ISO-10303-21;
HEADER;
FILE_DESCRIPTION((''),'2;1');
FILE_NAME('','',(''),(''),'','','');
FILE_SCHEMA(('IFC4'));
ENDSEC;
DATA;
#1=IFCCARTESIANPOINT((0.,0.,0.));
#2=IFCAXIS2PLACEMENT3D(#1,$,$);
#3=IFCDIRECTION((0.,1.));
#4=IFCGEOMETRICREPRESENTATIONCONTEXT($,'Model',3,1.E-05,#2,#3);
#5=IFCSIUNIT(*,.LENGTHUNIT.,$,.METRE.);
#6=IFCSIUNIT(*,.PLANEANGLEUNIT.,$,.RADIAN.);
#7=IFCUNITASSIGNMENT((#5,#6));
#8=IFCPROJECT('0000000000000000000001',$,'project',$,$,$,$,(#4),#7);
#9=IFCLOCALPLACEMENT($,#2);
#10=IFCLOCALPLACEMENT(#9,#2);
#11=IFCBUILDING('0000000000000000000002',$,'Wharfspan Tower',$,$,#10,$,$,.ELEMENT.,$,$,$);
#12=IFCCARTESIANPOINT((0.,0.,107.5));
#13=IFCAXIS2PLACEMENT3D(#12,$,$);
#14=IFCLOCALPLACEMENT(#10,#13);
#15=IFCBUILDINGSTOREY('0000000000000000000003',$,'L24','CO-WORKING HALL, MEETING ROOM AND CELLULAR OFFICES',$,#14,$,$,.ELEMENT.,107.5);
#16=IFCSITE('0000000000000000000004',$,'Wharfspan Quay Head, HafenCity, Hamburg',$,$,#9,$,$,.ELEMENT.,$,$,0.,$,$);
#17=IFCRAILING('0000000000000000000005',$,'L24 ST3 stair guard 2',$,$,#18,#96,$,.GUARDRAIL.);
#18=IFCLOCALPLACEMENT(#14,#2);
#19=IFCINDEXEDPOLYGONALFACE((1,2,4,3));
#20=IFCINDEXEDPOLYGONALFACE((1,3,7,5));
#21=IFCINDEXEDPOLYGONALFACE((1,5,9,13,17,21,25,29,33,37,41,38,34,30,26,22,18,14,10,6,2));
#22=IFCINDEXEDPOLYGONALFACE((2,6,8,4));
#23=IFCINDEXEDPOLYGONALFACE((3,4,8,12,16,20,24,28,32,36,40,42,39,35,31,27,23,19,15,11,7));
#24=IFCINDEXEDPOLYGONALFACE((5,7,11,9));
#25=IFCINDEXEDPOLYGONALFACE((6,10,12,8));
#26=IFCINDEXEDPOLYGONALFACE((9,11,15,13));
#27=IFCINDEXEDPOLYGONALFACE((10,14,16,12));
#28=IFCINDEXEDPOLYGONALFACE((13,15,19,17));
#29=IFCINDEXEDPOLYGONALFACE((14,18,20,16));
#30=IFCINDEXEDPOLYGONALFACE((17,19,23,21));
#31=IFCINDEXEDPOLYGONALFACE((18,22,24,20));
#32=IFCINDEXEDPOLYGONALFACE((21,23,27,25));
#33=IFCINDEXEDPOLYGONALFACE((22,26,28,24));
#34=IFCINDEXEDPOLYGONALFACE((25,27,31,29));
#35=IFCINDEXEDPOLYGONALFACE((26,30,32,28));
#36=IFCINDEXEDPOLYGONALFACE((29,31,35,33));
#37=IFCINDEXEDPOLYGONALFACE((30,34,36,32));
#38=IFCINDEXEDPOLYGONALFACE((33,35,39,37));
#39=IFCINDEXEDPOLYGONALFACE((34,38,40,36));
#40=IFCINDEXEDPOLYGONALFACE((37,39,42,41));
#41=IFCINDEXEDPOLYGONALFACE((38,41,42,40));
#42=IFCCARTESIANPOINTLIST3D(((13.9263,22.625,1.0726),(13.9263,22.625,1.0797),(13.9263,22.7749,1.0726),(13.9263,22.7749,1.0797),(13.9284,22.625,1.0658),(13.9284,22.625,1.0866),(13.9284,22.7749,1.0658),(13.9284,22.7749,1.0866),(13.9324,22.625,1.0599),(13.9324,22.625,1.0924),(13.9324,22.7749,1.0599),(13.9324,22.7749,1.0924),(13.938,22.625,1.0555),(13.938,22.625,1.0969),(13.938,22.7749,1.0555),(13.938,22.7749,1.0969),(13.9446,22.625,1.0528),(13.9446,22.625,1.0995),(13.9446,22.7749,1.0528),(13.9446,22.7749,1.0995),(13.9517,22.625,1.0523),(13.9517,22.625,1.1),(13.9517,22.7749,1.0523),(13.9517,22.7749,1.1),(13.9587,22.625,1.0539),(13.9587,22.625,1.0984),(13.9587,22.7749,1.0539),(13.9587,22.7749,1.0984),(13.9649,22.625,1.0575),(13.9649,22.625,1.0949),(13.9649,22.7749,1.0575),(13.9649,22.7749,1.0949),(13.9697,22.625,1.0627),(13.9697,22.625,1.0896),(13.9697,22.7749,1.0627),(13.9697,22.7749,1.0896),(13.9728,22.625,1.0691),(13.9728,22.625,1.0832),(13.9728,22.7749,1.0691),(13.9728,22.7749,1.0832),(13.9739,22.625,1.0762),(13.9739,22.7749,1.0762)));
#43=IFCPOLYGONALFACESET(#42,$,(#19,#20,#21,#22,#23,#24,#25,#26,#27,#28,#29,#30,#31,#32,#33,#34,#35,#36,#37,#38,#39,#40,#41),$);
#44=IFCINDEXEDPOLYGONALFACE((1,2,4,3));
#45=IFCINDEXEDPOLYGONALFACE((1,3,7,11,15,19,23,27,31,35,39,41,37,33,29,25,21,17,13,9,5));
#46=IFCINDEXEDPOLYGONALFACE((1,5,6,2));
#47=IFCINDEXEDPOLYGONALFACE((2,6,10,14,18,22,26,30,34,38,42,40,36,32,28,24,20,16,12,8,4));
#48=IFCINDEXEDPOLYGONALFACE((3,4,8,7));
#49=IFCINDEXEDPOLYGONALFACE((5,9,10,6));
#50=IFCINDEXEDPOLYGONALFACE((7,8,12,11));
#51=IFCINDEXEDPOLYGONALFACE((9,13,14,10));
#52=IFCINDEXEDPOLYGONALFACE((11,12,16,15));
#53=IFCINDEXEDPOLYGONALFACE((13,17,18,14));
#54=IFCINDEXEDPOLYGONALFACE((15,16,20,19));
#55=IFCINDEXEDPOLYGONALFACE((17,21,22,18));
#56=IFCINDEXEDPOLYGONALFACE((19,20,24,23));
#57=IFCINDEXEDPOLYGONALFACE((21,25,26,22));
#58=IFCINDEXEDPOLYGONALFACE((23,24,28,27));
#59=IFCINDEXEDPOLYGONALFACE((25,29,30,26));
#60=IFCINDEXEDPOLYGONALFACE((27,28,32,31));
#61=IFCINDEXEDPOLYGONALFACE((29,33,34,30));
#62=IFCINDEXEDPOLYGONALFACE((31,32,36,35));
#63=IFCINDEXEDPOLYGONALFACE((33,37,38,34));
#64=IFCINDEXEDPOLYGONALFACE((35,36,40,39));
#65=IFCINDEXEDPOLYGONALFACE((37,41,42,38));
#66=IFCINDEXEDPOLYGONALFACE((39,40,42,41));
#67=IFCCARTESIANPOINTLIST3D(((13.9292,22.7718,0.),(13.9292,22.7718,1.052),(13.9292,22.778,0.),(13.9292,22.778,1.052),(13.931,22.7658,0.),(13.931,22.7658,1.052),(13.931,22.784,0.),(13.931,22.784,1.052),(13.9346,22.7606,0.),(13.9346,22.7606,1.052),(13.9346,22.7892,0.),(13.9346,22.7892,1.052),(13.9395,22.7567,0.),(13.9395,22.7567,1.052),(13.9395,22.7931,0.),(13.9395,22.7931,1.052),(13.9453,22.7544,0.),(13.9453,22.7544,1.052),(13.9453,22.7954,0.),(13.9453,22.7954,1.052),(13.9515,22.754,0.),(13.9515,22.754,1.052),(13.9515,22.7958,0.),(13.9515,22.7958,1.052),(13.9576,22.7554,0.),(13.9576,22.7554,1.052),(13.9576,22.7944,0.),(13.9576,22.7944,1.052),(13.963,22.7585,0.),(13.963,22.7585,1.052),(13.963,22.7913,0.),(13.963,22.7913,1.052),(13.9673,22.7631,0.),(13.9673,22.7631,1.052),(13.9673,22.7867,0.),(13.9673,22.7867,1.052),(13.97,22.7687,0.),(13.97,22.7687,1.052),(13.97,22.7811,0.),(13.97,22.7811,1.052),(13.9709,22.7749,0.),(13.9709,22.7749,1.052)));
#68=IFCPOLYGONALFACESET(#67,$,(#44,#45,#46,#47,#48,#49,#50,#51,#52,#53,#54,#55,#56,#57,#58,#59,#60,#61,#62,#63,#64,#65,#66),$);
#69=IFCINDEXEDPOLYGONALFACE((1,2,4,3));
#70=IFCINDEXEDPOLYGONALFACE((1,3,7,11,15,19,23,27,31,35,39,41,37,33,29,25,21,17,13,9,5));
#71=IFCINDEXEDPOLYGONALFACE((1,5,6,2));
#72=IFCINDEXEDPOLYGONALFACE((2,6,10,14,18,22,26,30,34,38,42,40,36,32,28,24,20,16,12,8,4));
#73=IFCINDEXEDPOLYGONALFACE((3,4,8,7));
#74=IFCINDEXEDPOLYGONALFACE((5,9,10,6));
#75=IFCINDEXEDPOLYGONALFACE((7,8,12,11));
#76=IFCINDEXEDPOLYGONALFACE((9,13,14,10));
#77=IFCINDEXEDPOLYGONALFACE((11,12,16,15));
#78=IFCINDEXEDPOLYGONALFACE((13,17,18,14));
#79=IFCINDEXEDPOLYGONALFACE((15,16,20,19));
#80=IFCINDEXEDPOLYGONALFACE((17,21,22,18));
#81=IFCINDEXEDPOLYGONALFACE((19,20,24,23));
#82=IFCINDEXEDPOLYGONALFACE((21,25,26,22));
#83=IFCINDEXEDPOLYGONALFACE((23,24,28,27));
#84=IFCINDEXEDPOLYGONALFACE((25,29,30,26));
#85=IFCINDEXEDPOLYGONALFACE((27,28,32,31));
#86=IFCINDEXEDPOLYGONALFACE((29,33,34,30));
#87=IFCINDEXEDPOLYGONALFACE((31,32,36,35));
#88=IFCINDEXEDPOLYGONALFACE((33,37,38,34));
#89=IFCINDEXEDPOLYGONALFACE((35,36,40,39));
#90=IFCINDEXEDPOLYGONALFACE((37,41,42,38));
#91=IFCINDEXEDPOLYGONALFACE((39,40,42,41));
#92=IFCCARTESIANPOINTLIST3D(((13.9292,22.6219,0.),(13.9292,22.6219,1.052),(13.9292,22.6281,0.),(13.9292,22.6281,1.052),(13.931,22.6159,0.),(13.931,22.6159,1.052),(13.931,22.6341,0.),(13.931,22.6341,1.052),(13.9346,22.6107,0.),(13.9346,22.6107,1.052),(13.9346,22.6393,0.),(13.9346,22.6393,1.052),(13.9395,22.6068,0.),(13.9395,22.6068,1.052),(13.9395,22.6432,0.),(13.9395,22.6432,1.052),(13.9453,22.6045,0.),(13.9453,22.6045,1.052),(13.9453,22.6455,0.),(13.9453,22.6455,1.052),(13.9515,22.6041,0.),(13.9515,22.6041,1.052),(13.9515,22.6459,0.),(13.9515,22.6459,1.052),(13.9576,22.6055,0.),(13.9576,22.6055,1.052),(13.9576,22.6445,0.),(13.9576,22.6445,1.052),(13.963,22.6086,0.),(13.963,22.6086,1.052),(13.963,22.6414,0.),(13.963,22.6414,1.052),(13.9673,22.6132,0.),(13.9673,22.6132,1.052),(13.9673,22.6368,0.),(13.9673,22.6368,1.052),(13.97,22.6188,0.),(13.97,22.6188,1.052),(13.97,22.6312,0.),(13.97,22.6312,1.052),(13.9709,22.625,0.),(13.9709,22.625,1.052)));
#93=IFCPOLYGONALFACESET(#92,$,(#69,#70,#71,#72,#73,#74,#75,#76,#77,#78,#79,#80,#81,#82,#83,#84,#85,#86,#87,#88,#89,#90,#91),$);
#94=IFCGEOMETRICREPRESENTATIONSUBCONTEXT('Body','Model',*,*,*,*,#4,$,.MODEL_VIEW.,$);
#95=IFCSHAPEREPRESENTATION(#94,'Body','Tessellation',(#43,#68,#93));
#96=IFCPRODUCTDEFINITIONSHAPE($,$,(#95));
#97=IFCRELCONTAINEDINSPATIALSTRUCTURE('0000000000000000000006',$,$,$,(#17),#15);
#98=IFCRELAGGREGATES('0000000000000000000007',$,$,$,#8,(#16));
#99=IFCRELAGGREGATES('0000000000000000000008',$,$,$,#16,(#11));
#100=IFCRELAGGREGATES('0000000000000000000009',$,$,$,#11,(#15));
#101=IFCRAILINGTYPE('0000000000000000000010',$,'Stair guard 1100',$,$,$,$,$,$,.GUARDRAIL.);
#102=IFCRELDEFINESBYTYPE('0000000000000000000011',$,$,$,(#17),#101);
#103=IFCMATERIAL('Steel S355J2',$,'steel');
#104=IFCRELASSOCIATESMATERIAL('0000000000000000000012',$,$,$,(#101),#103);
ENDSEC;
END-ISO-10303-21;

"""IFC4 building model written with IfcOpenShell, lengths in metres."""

from ifc_helpers import new_model, si_unit, direction, frame, origin, origin_2d, place, context, subcontext, project, spatial, circle, extrude, material, type_object, element, save


model = new_model("IFC4")

# Units and contexts
model_context = context("Model", 3, precision=1e-05, world=origin(), true_north=direction((0.0, 1.0)))
body_context = subcontext(model_context, "Body", "Model", "MODEL_VIEW")
ifc_project = project(units=[si_unit("LENGTHUNIT", "METRE"), si_unit("PLANEANGLEUNIT", "RADIAN")], contexts=[model_context])

# Site, building, storey
site_placement = place(None, origin())
site = spatial("IfcSite", under=ifc_project, at=site_placement, Name="Wharfspan Quay Head, HafenCity, Hamburg", CompositionType="ELEMENT", RefElevation=0.0)
building_placement = place(site_placement, origin())
building = spatial("IfcBuilding", under=site, at=building_placement, Name="Wharfspan Tower", CompositionType="ELEMENT")
storey_placement = place(building_placement, frame((0.0, 0.0, 107.5)))
storey = spatial("IfcBuildingStorey", under=building, at=storey_placement, Name="L24", Description="CO-WORKING HALL, MEETING ROOM AND CELLULAR OFFICES", CompositionType="ELEMENT", Elevation=107.5)

# Shared definitions
ifc_material_1 = material(Name="Steel S355J2", Category="steel")

# Railing
railing_type_1 = type_object("IfcRailingType", Name="Stair guard 1100", PredefinedType="GUARDRAIL", material=ifc_material_1)
railing_1_placement = place(storey_placement, frame((13.95, 22.7749, 0.0)))
element("IfcRailing", 1, at=railing_1_placement, inside=storey, type_object=railing_type_1, Name="L24 ST3 stair guard 2", PredefinedType="GUARDRAIL", context=body_context, shape_type="SweptSolid", body=[
    extrude(circle(Radius=0.0239, at=origin_2d()), frame((0.0, 0.0, 1.0762), z_axis=(0.0, -1.0, 0.0), x_axis=(1.0, 0.0, 0.0)), (0.0, 0.0, 1.0), 0.1499),
    extrude(circle(Radius=0.021, at=origin_2d()), origin(), (0.0, 0.0, 1.0), 1.052),
    extrude(circle(Radius=0.021, at=origin_2d()), frame((0.0, -0.1499, 0.0)), (0.0, 0.0, 1.0), 1.052),
])

save(model, "model.ifc")
